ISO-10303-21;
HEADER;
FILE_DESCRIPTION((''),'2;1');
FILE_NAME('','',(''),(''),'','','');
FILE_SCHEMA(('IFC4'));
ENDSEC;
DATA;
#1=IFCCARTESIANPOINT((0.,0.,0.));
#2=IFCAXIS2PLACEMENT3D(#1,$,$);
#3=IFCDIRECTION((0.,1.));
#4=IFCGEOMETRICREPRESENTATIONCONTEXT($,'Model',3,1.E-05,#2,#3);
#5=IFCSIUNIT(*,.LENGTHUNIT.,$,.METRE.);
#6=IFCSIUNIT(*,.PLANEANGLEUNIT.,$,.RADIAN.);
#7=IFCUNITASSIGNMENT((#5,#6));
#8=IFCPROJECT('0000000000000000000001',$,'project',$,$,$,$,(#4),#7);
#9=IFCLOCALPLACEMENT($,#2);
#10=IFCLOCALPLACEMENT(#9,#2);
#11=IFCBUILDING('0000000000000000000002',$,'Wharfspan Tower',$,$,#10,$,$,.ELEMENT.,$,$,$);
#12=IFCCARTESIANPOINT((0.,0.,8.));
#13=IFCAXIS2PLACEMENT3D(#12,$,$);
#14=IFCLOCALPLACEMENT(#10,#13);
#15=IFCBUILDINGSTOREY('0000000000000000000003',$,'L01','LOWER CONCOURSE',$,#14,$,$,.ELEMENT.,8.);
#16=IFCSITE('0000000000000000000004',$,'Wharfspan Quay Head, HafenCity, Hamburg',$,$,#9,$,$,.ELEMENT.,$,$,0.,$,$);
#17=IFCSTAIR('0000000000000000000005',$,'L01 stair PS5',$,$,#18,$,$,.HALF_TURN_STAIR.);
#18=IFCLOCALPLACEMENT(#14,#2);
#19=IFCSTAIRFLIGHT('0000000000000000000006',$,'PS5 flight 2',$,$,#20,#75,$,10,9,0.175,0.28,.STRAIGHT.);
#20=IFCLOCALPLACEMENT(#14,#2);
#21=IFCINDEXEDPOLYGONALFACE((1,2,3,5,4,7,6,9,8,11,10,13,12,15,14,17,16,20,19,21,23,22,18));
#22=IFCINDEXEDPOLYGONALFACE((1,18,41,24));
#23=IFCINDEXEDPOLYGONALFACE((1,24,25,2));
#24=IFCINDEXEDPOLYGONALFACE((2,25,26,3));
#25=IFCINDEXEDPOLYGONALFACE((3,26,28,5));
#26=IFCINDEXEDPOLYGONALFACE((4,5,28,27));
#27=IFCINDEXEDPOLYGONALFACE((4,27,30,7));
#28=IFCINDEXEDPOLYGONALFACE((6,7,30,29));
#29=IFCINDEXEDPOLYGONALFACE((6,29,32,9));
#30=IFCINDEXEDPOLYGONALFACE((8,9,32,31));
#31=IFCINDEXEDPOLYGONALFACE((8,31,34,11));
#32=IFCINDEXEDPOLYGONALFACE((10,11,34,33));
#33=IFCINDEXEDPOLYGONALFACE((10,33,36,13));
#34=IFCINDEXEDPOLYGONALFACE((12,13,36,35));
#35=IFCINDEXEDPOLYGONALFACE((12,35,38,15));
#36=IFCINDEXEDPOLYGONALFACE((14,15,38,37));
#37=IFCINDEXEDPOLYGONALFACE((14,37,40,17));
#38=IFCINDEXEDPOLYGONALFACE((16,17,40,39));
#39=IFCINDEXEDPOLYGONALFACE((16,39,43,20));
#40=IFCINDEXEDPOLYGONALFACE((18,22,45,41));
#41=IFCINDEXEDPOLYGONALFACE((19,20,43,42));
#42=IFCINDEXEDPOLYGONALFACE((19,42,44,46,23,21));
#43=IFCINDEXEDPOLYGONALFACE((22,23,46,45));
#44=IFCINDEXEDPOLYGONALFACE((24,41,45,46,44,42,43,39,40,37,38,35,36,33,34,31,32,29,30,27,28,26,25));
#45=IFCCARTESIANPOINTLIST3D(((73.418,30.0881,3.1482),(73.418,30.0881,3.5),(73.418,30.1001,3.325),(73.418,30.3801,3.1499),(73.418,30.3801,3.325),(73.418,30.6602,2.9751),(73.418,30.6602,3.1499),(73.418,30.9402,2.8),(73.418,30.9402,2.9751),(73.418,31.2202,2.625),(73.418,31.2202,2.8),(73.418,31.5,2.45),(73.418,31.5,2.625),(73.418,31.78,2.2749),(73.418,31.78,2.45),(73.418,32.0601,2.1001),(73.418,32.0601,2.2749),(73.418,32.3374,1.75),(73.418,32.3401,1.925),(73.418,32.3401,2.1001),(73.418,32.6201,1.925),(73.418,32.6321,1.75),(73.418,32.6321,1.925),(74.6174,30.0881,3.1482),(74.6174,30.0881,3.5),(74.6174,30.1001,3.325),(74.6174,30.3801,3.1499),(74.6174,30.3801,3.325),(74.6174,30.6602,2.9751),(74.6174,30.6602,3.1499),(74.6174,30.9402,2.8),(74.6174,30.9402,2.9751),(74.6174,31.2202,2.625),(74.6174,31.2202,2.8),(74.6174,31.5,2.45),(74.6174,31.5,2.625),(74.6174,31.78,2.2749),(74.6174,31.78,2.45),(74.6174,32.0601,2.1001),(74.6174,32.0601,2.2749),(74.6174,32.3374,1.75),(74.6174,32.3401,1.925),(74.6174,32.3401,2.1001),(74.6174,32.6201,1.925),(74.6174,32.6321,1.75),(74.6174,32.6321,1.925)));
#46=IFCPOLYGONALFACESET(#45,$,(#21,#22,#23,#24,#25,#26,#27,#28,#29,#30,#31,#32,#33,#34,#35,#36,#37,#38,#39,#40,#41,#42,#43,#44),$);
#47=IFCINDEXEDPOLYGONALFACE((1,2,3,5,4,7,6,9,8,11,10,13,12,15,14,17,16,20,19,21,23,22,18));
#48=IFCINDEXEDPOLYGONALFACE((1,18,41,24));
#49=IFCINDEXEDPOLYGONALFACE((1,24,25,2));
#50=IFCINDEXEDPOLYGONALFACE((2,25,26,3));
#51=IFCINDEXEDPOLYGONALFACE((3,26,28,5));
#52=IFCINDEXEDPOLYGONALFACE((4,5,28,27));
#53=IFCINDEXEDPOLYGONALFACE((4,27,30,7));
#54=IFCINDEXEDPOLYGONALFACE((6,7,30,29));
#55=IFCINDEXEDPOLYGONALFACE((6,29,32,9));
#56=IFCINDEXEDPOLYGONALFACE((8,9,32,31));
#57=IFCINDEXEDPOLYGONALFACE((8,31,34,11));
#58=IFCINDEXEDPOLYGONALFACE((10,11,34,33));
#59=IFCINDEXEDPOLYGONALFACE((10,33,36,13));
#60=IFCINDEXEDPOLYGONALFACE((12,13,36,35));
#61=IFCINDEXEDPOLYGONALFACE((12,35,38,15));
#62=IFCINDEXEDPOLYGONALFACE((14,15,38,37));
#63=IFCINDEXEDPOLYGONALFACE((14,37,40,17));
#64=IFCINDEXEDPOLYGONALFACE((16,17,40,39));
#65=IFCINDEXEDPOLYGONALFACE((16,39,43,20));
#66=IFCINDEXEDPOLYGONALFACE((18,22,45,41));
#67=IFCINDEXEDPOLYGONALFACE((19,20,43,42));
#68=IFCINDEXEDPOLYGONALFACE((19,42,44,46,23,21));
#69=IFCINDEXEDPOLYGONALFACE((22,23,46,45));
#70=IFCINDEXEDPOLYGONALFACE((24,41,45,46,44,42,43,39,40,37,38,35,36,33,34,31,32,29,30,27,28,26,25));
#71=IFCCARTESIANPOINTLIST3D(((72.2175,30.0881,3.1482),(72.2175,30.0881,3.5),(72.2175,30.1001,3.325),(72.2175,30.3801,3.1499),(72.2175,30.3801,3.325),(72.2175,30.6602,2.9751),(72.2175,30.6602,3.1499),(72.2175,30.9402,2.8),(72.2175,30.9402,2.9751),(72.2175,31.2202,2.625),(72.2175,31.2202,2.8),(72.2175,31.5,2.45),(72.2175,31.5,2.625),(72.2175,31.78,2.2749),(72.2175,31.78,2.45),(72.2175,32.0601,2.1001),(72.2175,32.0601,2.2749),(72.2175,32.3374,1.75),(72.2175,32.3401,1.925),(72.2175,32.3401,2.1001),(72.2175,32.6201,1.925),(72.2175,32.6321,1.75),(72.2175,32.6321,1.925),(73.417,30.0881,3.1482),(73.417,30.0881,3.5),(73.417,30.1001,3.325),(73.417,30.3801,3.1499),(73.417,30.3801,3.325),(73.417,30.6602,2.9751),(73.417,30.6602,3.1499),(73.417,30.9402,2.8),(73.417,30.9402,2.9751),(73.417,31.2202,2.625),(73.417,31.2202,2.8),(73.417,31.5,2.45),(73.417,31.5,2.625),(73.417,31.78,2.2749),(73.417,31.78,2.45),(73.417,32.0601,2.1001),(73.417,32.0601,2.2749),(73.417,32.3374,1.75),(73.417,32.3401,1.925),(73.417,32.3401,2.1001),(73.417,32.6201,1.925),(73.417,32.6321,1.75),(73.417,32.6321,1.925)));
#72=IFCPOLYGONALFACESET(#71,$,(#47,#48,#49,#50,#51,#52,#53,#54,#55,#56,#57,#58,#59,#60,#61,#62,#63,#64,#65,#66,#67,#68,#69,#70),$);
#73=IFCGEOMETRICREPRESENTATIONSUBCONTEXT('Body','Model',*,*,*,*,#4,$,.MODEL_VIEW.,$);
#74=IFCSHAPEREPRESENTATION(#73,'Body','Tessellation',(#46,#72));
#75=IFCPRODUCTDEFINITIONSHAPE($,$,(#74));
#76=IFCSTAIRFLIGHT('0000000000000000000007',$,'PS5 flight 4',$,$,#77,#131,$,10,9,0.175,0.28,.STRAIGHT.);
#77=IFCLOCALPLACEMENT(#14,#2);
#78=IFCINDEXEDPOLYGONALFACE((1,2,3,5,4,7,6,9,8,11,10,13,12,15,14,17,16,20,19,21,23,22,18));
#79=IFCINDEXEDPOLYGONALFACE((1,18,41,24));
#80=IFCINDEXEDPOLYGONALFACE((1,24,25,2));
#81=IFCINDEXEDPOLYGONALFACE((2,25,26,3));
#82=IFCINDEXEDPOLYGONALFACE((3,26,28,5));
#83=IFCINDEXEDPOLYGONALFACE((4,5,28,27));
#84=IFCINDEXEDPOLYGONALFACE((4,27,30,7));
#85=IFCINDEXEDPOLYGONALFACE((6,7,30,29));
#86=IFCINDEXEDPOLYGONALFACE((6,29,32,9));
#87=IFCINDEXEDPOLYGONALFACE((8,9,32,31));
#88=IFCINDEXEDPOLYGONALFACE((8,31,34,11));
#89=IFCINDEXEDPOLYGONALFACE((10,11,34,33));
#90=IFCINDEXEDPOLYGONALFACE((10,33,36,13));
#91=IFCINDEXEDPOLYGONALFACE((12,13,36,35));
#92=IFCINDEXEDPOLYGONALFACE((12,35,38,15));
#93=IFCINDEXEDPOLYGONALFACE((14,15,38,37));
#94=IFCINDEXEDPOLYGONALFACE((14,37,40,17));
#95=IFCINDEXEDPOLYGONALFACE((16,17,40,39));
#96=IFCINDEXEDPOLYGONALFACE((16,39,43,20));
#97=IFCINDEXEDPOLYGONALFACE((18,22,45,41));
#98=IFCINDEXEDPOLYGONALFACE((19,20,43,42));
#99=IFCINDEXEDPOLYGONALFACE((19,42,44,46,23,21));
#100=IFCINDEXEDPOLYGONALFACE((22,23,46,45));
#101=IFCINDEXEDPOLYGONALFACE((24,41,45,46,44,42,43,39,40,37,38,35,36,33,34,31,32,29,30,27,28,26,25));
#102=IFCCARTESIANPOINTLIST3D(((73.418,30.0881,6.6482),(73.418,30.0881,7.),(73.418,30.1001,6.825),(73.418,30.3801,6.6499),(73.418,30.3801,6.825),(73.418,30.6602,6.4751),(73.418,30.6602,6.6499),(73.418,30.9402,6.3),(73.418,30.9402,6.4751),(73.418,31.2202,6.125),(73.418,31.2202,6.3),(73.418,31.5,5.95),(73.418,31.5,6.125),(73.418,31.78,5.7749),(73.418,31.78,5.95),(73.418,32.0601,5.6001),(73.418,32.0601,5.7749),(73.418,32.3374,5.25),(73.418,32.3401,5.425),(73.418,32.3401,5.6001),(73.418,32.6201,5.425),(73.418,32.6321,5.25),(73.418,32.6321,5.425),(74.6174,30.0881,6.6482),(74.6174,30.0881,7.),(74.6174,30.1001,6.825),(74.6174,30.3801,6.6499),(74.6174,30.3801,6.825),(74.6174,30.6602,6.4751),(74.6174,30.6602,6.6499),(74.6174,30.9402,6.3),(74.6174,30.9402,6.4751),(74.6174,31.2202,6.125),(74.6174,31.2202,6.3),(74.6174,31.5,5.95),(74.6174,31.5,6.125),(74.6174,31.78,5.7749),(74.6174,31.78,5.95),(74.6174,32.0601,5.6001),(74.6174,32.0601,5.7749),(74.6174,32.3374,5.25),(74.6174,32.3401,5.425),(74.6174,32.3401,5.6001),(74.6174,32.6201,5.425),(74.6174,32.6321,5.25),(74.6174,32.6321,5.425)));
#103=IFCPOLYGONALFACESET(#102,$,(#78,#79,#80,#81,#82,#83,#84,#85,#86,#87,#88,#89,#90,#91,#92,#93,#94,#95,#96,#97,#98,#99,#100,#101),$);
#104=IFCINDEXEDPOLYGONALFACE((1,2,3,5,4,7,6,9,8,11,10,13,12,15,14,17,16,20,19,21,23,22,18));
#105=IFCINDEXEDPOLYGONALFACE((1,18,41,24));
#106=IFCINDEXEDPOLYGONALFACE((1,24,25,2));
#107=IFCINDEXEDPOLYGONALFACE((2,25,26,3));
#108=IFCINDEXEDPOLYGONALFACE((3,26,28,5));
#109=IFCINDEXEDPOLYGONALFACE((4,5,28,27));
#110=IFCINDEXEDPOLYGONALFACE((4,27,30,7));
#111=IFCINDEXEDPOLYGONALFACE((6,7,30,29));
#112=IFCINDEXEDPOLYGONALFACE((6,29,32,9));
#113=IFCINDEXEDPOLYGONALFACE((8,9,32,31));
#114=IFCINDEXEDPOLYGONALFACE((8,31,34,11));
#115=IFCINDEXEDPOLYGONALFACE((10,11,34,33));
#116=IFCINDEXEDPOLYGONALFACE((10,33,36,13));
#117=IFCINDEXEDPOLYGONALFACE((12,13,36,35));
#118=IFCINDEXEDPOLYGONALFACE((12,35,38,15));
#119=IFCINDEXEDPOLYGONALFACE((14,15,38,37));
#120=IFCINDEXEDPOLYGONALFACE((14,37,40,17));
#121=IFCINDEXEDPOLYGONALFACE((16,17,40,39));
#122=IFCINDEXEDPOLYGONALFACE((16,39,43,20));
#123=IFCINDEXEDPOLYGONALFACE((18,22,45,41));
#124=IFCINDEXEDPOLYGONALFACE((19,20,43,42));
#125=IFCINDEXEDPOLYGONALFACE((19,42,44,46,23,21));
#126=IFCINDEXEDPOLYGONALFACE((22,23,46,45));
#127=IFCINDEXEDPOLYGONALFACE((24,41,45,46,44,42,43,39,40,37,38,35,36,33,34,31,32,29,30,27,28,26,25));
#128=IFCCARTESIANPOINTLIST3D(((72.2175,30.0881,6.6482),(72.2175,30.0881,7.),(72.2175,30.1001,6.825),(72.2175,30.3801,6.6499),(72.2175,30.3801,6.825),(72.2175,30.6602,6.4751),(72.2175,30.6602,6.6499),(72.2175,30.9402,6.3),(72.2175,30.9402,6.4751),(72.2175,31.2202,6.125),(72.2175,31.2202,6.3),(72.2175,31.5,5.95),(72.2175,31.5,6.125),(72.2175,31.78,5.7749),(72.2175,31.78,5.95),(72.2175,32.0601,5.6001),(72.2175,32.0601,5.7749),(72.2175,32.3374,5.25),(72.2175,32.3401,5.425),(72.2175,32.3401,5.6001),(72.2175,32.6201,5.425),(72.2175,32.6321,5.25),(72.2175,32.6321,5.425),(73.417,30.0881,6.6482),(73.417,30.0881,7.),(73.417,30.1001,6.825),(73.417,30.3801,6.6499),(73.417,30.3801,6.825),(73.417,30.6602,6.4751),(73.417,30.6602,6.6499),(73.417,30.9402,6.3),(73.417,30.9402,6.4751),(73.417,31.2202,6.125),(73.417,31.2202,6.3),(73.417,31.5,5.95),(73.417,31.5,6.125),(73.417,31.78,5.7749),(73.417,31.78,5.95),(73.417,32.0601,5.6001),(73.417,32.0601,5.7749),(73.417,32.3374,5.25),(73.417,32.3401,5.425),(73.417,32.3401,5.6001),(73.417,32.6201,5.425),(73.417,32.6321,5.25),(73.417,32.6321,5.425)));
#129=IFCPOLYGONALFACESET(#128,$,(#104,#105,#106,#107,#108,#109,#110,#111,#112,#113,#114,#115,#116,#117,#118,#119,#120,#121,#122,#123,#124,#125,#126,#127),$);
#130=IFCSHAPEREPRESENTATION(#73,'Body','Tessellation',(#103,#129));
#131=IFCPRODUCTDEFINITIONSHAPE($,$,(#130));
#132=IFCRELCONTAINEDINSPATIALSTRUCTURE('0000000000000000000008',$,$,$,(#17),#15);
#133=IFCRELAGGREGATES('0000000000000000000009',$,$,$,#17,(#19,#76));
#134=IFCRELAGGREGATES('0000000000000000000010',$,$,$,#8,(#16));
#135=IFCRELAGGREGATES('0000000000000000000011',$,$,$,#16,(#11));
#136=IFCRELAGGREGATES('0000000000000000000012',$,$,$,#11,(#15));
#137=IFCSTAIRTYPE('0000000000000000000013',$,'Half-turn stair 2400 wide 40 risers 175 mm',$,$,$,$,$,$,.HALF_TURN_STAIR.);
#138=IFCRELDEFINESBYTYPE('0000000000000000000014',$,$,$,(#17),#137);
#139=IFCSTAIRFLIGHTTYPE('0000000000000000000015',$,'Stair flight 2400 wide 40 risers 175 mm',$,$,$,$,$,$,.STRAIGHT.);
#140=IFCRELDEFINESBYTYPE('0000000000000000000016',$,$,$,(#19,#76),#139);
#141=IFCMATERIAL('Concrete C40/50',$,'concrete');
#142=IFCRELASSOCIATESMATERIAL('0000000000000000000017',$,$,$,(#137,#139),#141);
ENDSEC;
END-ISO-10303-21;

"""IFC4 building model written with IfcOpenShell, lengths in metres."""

from ifc_helpers import new_model, si_unit, direction, frame, origin, place, context, subcontext, project, spatial, polyline, outline, extrude, material, type_object, element, aggregate, save


model = new_model("IFC4")

# Units and contexts
model_context = context("Model", 3, precision=1e-05, world=origin(), true_north=direction((0.0, 1.0)))
body_context = subcontext(model_context, "Body", "Model", "MODEL_VIEW")
ifc_project = project(units=[si_unit("LENGTHUNIT", "METRE"), si_unit("PLANEANGLEUNIT", "RADIAN")], contexts=[model_context])

# Site, building, storey
site_placement = place(None, origin())
site = spatial("IfcSite", under=ifc_project, at=site_placement, Name="Wharfspan Quay Head, HafenCity, Hamburg", CompositionType="ELEMENT", RefElevation=0.0)
building_placement = place(site_placement, origin())
building = spatial("IfcBuilding", under=site, at=building_placement, Name="Wharfspan Tower", CompositionType="ELEMENT")
storey_placement = place(building_placement, frame((0.0, 0.0, 8.0)))
storey = spatial("IfcBuildingStorey", under=building, at=storey_placement, Name="L01", Description="LOWER CONCOURSE", CompositionType="ELEMENT", Elevation=8.0)

# Shared definitions
ifc_material_1 = material(Name="Concrete C40/50", Category="concrete")

# Stair, stair flights
stair_type = type_object("IfcStairType", Name="Half-turn stair 2400 wide 40 risers 175 mm", PredefinedType="HALF_TURN_STAIR", material=ifc_material_1)
stair_placement = place(storey_placement, origin())
stair = element("IfcStair", 1, at=stair_placement, inside=storey, type_object=stair_type, Name="L01 stair PS5", PredefinedType="HALF_TURN_STAIR")
stair_flight_type = type_object("IfcStairFlightType", Name="Stair flight 2400 wide 40 risers 175 mm", PredefinedType="STRAIGHT", material=ifc_material_1)
stair_flight_1_placement = place(storey_placement, frame((73.4175, 32.6201, 1.75), z_axis=(0.0, 0.0, 1.0), x_axis=(0.0, -1.0, 0.0)))
stair_flight_1 = element("IfcStairFlight", 2, at=stair_flight_1_placement, type_object=stair_flight_type, Name="PS5 flight 2", NumberOfRisers=10, NumberOfTreads=9, PredefinedType="STRAIGHT", RiserHeight=0.175, TreadLength=0.28, context=body_context, shape_type="SweptSolid", body=[
    extrude(outline(polyline([(-0.012, 0.0), (-0.012, 0.175), (0.0, 0.175), (0.28, 0.175), (0.28, 0.3501), (0.5601, 0.3501), (0.5601, 0.5249), (0.8401, 0.5249), (0.8401, 0.7), (1.1201, 0.7), (1.1201, 0.875), (1.3999, 0.875), (1.3999, 1.05), (1.6799, 1.05), (1.6799, 1.2251), (1.96, 1.2251), (1.96, 1.3999), (2.24, 1.3999), (2.24, 1.575), (2.52, 1.575), (2.532, 1.75), (2.532, 1.3982), (0.2827, 0.0), (-0.012, 0.0)])), frame((0.0, 1.2, 0.0), z_axis=(0.0, -1.0, 0.0), x_axis=(1.0, 0.0, 0.0)), (0.0, 0.0, 1.0), 1.1995),
    extrude(outline(polyline([(-0.012, 0.0), (-0.012, 0.175), (0.0, 0.175), (0.28, 0.175), (0.28, 0.3501), (0.5601, 0.3501), (0.5601, 0.5249), (0.8401, 0.5249), (0.8401, 0.7), (1.1201, 0.7), (1.1201, 0.875), (1.3999, 0.875), (1.3999, 1.05), (1.6799, 1.05), (1.6799, 1.2251), (1.96, 1.2251), (1.96, 1.3999), (2.24, 1.3999), (2.24, 1.575), (2.52, 1.575), (2.532, 1.75), (2.532, 1.3982), (0.2827, 0.0), (-0.012, 0.0)])), frame((0.0, -0.0005, 0.0), z_axis=(0.0, -1.0, 0.0), x_axis=(1.0, 0.0, 0.0)), (0.0, 0.0, 1.0), 1.1995),
])
stair_flight_2_placement = place(storey_placement, frame((73.4175, 32.6201, 5.25), z_axis=(0.0, 0.0, 1.0), x_axis=(0.0, -1.0, 0.0)))
stair_flight_2 = element("IfcStairFlight", 3, at=stair_flight_2_placement, type_object=stair_flight_type, Name="PS5 flight 4", NumberOfRisers=10, NumberOfTreads=9, PredefinedType="STRAIGHT", RiserHeight=0.175, TreadLength=0.28, context=body_context, shape_type="SweptSolid", body=[
    extrude(outline(polyline([(-0.012, 0.0), (-0.012, 0.175), (0.0, 0.175), (0.28, 0.175), (0.28, 0.3501), (0.5601, 0.3501), (0.5601, 0.5249), (0.8401, 0.5249), (0.8401, 0.7), (1.1201, 0.7), (1.1201, 0.875), (1.3999, 0.875), (1.3999, 1.05), (1.6799, 1.05), (1.6799, 1.2251), (1.96, 1.2251), (1.96, 1.3999), (2.24, 1.3999), (2.24, 1.575), (2.52, 1.575), (2.532, 1.75), (2.532, 1.3982), (0.2827, 0.0), (-0.012, 0.0)])), frame((0.0, 1.2, 0.0), z_axis=(0.0, -1.0, 0.0), x_axis=(1.0, 0.0, 0.0)), (0.0, 0.0, 1.0), 1.1995),
    extrude(outline(polyline([(-0.012, 0.0), (-0.012, 0.175), (0.0, 0.175), (0.28, 0.175), (0.28, 0.3501), (0.5601, 0.3501), (0.5601, 0.5249), (0.8401, 0.5249), (0.8401, 0.7), (1.1201, 0.7), (1.1201, 0.875), (1.3999, 0.875), (1.3999, 1.05), (1.6799, 1.05), (1.6799, 1.2251), (1.96, 1.2251), (1.96, 1.3999), (2.24, 1.3999), (2.24, 1.575), (2.52, 1.575), (2.532, 1.75), (2.532, 1.3982), (0.2827, 0.0), (-0.012, 0.0)])), frame((0.0, -0.0005, 0.0), z_axis=(0.0, -1.0, 0.0), x_axis=(1.0, 0.0, 0.0)), (0.0, 0.0, 1.0), 1.1995),
])
aggregate(stair, [stair_flight_1, stair_flight_2])

save(model, "model.ifc")
